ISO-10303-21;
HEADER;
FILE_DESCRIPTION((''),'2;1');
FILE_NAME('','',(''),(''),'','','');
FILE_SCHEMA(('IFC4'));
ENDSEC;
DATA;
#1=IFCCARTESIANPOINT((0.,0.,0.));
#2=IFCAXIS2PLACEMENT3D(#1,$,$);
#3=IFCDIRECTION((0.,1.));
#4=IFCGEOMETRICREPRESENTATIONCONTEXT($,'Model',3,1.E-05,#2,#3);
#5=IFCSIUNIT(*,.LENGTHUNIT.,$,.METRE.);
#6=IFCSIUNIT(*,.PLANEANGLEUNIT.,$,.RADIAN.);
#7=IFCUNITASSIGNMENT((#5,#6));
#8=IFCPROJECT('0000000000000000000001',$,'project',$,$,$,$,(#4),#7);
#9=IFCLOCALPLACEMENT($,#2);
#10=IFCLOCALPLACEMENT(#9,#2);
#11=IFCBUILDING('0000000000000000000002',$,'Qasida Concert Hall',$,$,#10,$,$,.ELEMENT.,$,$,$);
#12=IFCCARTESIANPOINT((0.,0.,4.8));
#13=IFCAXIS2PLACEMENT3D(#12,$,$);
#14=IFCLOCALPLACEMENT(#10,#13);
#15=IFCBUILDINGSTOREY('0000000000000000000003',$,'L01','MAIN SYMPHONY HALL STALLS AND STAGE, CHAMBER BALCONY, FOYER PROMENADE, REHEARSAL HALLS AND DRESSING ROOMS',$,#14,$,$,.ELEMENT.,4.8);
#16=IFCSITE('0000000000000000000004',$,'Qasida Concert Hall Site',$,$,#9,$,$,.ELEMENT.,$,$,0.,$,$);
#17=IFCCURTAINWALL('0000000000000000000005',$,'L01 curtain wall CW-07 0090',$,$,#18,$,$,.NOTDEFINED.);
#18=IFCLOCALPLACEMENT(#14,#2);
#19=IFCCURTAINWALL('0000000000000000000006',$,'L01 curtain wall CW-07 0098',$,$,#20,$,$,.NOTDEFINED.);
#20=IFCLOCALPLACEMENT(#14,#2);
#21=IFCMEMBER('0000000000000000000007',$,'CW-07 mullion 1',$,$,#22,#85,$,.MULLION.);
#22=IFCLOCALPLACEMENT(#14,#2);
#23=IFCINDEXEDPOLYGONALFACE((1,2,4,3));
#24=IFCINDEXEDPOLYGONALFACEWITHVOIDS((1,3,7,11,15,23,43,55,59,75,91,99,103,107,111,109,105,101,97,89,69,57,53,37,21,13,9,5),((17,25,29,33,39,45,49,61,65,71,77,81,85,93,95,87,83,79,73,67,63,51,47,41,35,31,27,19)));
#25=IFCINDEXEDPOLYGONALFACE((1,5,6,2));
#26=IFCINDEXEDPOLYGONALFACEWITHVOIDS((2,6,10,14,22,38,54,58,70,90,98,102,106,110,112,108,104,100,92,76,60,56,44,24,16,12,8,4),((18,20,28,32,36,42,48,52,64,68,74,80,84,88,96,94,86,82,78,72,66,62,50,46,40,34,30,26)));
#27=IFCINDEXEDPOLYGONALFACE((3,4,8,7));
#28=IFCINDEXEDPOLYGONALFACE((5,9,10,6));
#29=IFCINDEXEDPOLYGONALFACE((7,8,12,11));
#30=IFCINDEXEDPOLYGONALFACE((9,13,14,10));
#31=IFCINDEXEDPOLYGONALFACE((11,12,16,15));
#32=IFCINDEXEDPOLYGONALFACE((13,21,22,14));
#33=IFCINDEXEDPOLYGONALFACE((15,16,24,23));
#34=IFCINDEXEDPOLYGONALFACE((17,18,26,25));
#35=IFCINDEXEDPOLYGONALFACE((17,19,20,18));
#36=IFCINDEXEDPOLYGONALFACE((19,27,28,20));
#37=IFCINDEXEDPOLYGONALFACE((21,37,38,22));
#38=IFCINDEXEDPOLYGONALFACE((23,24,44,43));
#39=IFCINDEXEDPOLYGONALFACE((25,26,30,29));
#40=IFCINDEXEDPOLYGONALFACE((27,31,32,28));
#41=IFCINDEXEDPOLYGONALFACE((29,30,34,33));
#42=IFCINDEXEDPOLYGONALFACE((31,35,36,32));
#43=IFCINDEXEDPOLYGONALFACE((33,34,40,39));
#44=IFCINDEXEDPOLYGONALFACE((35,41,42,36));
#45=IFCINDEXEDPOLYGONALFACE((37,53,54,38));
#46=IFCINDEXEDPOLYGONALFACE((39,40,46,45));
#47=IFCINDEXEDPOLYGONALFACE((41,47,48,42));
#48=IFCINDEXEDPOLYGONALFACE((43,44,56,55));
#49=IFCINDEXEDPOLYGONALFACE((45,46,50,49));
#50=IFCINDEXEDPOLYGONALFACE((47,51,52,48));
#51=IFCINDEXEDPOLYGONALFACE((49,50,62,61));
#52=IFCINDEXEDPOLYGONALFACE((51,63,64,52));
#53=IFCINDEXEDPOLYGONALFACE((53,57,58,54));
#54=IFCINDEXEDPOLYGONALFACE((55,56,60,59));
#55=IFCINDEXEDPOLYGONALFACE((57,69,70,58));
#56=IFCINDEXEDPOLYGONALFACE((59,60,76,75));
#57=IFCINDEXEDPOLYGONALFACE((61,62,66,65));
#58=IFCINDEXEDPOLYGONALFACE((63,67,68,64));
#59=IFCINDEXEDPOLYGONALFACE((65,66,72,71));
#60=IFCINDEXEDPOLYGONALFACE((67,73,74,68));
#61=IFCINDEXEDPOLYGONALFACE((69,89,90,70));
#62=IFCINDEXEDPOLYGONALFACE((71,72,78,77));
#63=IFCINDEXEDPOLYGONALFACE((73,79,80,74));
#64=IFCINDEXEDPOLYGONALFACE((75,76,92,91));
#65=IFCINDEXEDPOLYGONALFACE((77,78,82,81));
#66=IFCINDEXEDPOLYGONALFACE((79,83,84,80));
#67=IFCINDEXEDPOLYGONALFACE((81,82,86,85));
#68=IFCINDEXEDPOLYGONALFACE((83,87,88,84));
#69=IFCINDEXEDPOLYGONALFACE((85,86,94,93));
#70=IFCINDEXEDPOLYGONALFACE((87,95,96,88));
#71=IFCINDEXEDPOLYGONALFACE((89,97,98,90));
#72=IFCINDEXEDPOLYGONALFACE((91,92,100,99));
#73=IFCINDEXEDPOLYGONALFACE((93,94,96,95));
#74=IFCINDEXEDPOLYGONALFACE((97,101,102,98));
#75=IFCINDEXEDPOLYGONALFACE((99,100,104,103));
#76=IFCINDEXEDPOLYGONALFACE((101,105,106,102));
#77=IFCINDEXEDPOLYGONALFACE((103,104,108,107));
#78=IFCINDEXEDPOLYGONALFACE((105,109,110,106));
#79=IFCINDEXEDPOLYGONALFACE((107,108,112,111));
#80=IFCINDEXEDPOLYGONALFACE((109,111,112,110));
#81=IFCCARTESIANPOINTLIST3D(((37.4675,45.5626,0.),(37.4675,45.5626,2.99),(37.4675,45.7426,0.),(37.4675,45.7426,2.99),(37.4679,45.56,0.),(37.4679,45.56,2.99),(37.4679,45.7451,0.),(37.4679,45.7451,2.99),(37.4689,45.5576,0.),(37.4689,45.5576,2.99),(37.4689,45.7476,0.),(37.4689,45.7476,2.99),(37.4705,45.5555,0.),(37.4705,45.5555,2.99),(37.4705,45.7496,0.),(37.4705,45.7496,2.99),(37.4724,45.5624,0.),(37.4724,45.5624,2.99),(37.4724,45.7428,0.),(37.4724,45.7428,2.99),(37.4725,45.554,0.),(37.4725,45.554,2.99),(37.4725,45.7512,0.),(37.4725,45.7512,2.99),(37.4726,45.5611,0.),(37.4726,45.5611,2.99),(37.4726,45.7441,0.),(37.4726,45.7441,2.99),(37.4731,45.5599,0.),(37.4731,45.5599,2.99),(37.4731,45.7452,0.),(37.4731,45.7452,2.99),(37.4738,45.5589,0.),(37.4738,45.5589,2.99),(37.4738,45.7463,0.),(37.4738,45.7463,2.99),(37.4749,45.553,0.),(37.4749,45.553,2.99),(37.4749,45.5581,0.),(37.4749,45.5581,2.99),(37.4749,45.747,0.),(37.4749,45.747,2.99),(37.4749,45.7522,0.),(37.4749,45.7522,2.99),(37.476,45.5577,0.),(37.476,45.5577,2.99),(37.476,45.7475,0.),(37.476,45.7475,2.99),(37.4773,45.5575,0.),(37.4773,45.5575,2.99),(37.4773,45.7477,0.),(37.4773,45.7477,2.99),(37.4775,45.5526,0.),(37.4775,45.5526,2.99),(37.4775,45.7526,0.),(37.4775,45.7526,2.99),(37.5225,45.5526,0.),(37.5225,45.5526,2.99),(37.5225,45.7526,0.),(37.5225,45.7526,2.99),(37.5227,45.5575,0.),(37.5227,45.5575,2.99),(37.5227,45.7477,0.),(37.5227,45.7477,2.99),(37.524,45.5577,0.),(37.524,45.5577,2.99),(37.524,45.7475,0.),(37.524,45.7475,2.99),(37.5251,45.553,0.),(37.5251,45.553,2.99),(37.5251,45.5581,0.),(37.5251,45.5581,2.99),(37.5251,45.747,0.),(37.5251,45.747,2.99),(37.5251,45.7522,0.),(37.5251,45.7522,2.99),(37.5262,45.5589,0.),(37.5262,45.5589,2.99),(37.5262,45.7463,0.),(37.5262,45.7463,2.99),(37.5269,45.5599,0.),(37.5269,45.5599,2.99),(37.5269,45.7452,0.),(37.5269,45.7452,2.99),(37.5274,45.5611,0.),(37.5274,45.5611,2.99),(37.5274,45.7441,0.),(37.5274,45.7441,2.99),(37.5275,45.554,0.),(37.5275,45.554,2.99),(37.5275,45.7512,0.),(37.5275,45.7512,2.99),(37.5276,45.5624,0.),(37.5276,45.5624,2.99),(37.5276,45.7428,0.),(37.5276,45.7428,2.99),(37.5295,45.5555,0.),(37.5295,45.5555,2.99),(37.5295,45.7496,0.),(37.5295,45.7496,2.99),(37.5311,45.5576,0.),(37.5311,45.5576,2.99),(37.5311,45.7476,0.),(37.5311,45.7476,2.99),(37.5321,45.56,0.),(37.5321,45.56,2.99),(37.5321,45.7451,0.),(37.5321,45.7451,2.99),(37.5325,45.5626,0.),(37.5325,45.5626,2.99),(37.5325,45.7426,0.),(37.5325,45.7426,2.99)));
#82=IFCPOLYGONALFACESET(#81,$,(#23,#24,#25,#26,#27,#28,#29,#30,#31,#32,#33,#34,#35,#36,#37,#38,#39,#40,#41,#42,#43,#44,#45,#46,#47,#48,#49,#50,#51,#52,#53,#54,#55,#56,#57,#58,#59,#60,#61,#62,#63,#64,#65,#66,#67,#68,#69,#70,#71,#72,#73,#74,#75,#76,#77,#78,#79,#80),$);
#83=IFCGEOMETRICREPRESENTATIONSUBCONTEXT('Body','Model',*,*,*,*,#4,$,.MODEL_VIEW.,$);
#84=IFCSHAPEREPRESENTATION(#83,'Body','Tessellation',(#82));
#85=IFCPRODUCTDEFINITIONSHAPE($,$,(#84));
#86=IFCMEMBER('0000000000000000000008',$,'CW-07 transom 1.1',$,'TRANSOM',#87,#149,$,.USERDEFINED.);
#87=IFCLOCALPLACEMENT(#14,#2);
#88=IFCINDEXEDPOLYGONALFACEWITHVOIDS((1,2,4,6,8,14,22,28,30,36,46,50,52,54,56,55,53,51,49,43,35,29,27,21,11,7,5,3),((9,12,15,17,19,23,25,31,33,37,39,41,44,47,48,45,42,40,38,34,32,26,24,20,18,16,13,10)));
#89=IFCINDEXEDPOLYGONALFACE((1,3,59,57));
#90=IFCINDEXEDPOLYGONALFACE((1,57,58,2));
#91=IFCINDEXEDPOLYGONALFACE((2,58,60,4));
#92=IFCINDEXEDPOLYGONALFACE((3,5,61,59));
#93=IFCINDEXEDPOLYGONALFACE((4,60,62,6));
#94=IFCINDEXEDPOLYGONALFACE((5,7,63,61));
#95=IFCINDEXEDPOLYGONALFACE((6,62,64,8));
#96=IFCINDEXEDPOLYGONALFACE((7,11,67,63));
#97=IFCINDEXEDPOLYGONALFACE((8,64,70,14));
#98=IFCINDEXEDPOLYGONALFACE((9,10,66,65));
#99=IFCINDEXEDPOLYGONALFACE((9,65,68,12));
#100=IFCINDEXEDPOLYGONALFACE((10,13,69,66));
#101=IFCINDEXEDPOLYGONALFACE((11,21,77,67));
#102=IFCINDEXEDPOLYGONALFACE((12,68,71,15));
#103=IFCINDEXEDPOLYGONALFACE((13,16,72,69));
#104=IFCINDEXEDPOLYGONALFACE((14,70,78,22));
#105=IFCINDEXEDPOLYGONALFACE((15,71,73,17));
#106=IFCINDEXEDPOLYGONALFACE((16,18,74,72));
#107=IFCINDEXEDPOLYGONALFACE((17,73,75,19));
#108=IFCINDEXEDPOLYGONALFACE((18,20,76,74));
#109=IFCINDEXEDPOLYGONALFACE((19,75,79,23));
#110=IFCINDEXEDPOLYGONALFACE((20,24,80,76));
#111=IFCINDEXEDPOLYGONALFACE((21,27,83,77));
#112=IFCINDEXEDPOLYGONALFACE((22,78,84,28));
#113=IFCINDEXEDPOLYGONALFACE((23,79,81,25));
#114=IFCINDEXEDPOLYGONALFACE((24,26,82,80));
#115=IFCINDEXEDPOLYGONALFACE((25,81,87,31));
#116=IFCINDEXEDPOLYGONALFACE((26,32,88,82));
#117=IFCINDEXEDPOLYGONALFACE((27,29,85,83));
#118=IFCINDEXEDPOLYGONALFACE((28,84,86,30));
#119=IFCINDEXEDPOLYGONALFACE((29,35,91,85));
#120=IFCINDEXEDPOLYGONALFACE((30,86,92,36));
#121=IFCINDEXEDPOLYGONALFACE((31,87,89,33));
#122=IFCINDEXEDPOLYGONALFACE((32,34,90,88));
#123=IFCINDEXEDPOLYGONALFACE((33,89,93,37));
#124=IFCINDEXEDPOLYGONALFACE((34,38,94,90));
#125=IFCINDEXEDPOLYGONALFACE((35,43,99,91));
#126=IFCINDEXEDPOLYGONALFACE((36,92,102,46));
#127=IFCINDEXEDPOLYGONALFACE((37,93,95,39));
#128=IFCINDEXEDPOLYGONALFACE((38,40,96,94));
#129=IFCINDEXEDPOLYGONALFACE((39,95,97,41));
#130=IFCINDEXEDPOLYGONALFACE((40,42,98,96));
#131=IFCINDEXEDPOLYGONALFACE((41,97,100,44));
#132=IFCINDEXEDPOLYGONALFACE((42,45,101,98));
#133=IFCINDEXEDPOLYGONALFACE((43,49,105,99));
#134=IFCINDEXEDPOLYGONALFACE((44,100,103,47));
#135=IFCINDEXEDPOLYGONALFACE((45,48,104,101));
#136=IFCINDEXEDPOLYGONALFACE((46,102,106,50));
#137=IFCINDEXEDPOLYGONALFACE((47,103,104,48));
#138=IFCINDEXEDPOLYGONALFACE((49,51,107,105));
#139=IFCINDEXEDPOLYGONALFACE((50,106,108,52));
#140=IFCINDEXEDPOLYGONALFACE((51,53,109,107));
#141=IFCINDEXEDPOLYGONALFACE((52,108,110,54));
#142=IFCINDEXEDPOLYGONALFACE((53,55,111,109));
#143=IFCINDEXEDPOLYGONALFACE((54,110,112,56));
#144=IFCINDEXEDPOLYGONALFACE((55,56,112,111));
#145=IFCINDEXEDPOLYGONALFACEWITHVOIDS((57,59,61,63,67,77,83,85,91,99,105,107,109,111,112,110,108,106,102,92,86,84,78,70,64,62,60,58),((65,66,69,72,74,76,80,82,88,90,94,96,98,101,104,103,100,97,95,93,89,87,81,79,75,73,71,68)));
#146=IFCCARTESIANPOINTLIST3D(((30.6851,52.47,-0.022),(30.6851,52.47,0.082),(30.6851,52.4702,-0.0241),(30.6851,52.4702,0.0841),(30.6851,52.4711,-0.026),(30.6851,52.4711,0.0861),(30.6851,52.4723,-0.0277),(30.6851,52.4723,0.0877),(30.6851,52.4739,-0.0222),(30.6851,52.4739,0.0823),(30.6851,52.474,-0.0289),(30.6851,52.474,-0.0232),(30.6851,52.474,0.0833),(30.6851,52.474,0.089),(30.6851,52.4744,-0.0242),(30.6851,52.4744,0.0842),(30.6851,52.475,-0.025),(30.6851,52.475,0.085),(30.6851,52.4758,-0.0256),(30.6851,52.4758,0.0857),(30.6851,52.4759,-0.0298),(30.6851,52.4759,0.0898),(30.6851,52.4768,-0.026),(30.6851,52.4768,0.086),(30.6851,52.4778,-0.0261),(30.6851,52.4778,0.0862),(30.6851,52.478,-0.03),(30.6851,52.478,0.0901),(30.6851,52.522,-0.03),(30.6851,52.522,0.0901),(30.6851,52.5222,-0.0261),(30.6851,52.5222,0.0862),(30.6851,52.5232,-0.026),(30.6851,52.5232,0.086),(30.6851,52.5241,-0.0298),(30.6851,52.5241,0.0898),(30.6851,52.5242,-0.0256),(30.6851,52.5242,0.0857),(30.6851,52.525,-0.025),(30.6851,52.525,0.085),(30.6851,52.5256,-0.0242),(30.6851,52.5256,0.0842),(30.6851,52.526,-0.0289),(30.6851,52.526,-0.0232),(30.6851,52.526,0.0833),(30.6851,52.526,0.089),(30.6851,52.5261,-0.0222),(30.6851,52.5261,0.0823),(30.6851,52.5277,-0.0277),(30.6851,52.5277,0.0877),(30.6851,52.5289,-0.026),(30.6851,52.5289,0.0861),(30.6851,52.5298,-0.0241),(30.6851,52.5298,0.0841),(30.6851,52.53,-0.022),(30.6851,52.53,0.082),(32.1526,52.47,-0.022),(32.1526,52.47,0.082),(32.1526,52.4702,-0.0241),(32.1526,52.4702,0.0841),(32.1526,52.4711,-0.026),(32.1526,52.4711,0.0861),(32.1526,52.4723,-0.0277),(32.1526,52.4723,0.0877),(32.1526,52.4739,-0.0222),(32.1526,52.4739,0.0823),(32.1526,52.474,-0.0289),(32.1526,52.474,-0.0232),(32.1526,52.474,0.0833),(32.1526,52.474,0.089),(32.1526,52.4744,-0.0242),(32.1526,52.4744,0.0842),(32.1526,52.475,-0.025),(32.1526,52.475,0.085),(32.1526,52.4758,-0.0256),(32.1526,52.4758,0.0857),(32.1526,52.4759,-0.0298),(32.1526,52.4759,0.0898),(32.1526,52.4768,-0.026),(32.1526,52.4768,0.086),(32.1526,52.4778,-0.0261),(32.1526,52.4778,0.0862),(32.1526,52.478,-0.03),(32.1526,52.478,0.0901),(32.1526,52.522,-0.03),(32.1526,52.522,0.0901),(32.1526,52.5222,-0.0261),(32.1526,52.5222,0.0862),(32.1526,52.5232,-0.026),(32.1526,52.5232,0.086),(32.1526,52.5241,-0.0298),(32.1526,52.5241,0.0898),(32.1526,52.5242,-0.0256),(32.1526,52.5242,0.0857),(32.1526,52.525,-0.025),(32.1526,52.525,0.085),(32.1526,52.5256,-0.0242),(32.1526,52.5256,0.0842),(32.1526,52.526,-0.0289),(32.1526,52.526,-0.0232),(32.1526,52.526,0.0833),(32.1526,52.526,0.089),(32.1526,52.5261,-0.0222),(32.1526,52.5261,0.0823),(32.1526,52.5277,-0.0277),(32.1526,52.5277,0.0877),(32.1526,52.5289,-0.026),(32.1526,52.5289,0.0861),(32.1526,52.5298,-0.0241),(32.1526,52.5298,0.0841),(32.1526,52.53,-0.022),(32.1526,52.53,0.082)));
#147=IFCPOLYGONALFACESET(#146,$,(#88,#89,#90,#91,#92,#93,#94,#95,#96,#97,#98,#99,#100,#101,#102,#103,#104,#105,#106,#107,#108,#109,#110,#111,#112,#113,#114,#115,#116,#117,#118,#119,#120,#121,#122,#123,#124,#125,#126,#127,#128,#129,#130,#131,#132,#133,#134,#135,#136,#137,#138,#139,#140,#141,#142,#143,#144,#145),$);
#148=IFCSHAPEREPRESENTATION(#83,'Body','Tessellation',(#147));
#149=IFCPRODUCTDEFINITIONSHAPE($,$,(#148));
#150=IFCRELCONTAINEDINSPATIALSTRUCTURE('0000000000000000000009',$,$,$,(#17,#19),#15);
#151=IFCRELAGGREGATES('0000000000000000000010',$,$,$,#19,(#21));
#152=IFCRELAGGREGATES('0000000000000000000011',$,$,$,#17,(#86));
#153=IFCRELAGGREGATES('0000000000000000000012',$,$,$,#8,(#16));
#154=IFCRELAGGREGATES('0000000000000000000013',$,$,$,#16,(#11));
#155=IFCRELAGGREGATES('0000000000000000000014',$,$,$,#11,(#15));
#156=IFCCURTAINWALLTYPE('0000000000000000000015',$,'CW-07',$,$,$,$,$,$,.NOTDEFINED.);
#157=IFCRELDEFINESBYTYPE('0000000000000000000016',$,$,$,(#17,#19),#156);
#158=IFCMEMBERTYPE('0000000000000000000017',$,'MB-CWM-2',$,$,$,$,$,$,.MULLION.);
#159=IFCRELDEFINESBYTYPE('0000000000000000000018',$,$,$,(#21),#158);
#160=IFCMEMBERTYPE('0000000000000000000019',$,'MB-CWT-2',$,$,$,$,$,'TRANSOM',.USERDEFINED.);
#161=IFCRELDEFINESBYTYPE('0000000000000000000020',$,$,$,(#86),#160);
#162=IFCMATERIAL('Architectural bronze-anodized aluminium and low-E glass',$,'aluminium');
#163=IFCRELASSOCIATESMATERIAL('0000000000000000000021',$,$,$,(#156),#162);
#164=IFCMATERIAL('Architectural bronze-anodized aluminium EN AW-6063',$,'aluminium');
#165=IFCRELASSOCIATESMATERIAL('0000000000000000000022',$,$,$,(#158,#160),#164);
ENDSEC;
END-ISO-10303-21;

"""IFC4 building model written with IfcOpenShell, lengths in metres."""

from ifc_helpers import new_model, si_unit, direction, frame, origin, origin_2d, place, context, subcontext, project, spatial, hollow_rectangle, extrude, material, material_profile, profile_set, type_object, element, aggregate, save


model = new_model("IFC4")

# Units and contexts
model_context = context("Model", 3, precision=1e-05, world=origin(), true_north=direction((0.0, 1.0)))
body_context = subcontext(model_context, "Body", "Model", "MODEL_VIEW")
ifc_project = project(units=[si_unit("LENGTHUNIT", "METRE"), si_unit("PLANEANGLEUNIT", "RADIAN")], contexts=[model_context])

# Site, building, storey
site_placement = place(None, origin())
site = spatial("IfcSite", under=ifc_project, at=site_placement, Name="Qasida Concert Hall Site", CompositionType="ELEMENT", RefElevation=0.0)
building_placement = place(site_placement, origin())
building = spatial("IfcBuilding", under=site, at=building_placement, Name="Qasida Concert Hall", CompositionType="ELEMENT")
storey_placement = place(building_placement, frame((0.0, 0.0, 4.8)))
storey = spatial("IfcBuildingStorey", under=building, at=storey_placement, Name="L01", Description="MAIN SYMPHONY HALL STALLS AND STAGE, CHAMBER BALCONY, FOYER PROMENADE, REHEARSAL HALLS AND DRESSING ROOMS", CompositionType="ELEMENT", Elevation=4.8)

# Curtain wall
ifc_material_1 = material(Name="Architectural bronze-anodized aluminium and low-E glass", Category="aluminium")
curtain_wall_type = type_object("IfcCurtainWallType", Name="CW-07", PredefinedType="NOTDEFINED", material=ifc_material_1)
curtain_wall_1_placement = place(storey_placement, origin())
curtain_wall_1 = element("IfcCurtainWall", 1, at=curtain_wall_1_placement, inside=storey, type_object=curtain_wall_type, Name="L01 curtain wall CW-07 0090", PredefinedType="NOTDEFINED")
ifc_material_2 = material(Name="Architectural bronze-anodized aluminium EN AW-6063", Category="aluminium")
ifc_material_profile_1 = material_profile(ifc_material_2, hollow_rectangle(XDim=0.0649, YDim=0.2, WallThickness=0.0049, InnerFilletRadius=0.0049, OuterFilletRadius=0.01, at=origin_2d()), Name="CWM 200x65x5")
ifc_profile_set_1 = profile_set([ifc_material_profile_1], Name="Architectural bronze-anodized aluminium EN AW-6063")
member_type_1 = type_object("IfcMemberType", Name="MB-CWM-2", PredefinedType="MULLION", material=ifc_profile_set_1)

# Curtain wall, member
curtain_wall_2_placement = place(storey_placement, origin())
curtain_wall_2 = element("IfcCurtainWall", 2, at=curtain_wall_2_placement, inside=storey, type_object=curtain_wall_type, Name="L01 curtain wall CW-07 0098", PredefinedType="NOTDEFINED")
member_1_placement = place(storey_placement, frame((37.5, 45.6526, 0.0), z_axis=(0.0, 0.0, 1.0), x_axis=(-1.0, 0.0, 0.0)))
member_1 = element("IfcMember", 3, at=member_1_placement, type_object=member_type_1, Name="CW-07 mullion 1", PredefinedType="MULLION", context=body_context, shape_type="SweptSolid", body=[
    extrude(hollow_rectangle(XDim=0.0649, YDim=0.2, WallThickness=0.0049, InnerFilletRadius=0.0049, OuterFilletRadius=0.01, at=origin_2d()), origin(), (0.0, 0.0, 1.0), 2.99),
])

# Member
ifc_material_profile_2 = material_profile(ifc_material_2, hollow_rectangle(XDim=0.0601, YDim=0.1201, WallThickness=0.0039, InnerFilletRadius=0.0039, OuterFilletRadius=0.0081, at=origin_2d()), Name="CWT 120x60x4")
ifc_profile_set_2 = profile_set([ifc_material_profile_2], Name="Architectural bronze-anodized aluminium EN AW-6063")
member_type_2 = type_object("IfcMemberType", Name="MB-CWT-2", ElementType="TRANSOM", PredefinedType="USERDEFINED", material=ifc_profile_set_2)
member_2_placement = place(storey_placement, frame((30.6851, 52.5, 0.03), z_axis=(1.0, 0.0, 0.0), x_axis=(0.0, 1.0, 0.0)))
member_2 = element("IfcMember", 4, at=member_2_placement, type_object=member_type_2, Name="CW-07 transom 1.1", ObjectType="TRANSOM", PredefinedType="USERDEFINED", context=body_context, shape_type="SweptSolid", body=[
    extrude(hollow_rectangle(XDim=0.0601, YDim=0.1201, WallThickness=0.0039, InnerFilletRadius=0.0039, OuterFilletRadius=0.0081, at=origin_2d()), origin(), (0.0, 0.0, 1.0), 1.4675),
])
aggregate(curtain_wall_2, [member_1])

aggregate(curtain_wall_1, [member_2])

save(model, "model.ifc")
